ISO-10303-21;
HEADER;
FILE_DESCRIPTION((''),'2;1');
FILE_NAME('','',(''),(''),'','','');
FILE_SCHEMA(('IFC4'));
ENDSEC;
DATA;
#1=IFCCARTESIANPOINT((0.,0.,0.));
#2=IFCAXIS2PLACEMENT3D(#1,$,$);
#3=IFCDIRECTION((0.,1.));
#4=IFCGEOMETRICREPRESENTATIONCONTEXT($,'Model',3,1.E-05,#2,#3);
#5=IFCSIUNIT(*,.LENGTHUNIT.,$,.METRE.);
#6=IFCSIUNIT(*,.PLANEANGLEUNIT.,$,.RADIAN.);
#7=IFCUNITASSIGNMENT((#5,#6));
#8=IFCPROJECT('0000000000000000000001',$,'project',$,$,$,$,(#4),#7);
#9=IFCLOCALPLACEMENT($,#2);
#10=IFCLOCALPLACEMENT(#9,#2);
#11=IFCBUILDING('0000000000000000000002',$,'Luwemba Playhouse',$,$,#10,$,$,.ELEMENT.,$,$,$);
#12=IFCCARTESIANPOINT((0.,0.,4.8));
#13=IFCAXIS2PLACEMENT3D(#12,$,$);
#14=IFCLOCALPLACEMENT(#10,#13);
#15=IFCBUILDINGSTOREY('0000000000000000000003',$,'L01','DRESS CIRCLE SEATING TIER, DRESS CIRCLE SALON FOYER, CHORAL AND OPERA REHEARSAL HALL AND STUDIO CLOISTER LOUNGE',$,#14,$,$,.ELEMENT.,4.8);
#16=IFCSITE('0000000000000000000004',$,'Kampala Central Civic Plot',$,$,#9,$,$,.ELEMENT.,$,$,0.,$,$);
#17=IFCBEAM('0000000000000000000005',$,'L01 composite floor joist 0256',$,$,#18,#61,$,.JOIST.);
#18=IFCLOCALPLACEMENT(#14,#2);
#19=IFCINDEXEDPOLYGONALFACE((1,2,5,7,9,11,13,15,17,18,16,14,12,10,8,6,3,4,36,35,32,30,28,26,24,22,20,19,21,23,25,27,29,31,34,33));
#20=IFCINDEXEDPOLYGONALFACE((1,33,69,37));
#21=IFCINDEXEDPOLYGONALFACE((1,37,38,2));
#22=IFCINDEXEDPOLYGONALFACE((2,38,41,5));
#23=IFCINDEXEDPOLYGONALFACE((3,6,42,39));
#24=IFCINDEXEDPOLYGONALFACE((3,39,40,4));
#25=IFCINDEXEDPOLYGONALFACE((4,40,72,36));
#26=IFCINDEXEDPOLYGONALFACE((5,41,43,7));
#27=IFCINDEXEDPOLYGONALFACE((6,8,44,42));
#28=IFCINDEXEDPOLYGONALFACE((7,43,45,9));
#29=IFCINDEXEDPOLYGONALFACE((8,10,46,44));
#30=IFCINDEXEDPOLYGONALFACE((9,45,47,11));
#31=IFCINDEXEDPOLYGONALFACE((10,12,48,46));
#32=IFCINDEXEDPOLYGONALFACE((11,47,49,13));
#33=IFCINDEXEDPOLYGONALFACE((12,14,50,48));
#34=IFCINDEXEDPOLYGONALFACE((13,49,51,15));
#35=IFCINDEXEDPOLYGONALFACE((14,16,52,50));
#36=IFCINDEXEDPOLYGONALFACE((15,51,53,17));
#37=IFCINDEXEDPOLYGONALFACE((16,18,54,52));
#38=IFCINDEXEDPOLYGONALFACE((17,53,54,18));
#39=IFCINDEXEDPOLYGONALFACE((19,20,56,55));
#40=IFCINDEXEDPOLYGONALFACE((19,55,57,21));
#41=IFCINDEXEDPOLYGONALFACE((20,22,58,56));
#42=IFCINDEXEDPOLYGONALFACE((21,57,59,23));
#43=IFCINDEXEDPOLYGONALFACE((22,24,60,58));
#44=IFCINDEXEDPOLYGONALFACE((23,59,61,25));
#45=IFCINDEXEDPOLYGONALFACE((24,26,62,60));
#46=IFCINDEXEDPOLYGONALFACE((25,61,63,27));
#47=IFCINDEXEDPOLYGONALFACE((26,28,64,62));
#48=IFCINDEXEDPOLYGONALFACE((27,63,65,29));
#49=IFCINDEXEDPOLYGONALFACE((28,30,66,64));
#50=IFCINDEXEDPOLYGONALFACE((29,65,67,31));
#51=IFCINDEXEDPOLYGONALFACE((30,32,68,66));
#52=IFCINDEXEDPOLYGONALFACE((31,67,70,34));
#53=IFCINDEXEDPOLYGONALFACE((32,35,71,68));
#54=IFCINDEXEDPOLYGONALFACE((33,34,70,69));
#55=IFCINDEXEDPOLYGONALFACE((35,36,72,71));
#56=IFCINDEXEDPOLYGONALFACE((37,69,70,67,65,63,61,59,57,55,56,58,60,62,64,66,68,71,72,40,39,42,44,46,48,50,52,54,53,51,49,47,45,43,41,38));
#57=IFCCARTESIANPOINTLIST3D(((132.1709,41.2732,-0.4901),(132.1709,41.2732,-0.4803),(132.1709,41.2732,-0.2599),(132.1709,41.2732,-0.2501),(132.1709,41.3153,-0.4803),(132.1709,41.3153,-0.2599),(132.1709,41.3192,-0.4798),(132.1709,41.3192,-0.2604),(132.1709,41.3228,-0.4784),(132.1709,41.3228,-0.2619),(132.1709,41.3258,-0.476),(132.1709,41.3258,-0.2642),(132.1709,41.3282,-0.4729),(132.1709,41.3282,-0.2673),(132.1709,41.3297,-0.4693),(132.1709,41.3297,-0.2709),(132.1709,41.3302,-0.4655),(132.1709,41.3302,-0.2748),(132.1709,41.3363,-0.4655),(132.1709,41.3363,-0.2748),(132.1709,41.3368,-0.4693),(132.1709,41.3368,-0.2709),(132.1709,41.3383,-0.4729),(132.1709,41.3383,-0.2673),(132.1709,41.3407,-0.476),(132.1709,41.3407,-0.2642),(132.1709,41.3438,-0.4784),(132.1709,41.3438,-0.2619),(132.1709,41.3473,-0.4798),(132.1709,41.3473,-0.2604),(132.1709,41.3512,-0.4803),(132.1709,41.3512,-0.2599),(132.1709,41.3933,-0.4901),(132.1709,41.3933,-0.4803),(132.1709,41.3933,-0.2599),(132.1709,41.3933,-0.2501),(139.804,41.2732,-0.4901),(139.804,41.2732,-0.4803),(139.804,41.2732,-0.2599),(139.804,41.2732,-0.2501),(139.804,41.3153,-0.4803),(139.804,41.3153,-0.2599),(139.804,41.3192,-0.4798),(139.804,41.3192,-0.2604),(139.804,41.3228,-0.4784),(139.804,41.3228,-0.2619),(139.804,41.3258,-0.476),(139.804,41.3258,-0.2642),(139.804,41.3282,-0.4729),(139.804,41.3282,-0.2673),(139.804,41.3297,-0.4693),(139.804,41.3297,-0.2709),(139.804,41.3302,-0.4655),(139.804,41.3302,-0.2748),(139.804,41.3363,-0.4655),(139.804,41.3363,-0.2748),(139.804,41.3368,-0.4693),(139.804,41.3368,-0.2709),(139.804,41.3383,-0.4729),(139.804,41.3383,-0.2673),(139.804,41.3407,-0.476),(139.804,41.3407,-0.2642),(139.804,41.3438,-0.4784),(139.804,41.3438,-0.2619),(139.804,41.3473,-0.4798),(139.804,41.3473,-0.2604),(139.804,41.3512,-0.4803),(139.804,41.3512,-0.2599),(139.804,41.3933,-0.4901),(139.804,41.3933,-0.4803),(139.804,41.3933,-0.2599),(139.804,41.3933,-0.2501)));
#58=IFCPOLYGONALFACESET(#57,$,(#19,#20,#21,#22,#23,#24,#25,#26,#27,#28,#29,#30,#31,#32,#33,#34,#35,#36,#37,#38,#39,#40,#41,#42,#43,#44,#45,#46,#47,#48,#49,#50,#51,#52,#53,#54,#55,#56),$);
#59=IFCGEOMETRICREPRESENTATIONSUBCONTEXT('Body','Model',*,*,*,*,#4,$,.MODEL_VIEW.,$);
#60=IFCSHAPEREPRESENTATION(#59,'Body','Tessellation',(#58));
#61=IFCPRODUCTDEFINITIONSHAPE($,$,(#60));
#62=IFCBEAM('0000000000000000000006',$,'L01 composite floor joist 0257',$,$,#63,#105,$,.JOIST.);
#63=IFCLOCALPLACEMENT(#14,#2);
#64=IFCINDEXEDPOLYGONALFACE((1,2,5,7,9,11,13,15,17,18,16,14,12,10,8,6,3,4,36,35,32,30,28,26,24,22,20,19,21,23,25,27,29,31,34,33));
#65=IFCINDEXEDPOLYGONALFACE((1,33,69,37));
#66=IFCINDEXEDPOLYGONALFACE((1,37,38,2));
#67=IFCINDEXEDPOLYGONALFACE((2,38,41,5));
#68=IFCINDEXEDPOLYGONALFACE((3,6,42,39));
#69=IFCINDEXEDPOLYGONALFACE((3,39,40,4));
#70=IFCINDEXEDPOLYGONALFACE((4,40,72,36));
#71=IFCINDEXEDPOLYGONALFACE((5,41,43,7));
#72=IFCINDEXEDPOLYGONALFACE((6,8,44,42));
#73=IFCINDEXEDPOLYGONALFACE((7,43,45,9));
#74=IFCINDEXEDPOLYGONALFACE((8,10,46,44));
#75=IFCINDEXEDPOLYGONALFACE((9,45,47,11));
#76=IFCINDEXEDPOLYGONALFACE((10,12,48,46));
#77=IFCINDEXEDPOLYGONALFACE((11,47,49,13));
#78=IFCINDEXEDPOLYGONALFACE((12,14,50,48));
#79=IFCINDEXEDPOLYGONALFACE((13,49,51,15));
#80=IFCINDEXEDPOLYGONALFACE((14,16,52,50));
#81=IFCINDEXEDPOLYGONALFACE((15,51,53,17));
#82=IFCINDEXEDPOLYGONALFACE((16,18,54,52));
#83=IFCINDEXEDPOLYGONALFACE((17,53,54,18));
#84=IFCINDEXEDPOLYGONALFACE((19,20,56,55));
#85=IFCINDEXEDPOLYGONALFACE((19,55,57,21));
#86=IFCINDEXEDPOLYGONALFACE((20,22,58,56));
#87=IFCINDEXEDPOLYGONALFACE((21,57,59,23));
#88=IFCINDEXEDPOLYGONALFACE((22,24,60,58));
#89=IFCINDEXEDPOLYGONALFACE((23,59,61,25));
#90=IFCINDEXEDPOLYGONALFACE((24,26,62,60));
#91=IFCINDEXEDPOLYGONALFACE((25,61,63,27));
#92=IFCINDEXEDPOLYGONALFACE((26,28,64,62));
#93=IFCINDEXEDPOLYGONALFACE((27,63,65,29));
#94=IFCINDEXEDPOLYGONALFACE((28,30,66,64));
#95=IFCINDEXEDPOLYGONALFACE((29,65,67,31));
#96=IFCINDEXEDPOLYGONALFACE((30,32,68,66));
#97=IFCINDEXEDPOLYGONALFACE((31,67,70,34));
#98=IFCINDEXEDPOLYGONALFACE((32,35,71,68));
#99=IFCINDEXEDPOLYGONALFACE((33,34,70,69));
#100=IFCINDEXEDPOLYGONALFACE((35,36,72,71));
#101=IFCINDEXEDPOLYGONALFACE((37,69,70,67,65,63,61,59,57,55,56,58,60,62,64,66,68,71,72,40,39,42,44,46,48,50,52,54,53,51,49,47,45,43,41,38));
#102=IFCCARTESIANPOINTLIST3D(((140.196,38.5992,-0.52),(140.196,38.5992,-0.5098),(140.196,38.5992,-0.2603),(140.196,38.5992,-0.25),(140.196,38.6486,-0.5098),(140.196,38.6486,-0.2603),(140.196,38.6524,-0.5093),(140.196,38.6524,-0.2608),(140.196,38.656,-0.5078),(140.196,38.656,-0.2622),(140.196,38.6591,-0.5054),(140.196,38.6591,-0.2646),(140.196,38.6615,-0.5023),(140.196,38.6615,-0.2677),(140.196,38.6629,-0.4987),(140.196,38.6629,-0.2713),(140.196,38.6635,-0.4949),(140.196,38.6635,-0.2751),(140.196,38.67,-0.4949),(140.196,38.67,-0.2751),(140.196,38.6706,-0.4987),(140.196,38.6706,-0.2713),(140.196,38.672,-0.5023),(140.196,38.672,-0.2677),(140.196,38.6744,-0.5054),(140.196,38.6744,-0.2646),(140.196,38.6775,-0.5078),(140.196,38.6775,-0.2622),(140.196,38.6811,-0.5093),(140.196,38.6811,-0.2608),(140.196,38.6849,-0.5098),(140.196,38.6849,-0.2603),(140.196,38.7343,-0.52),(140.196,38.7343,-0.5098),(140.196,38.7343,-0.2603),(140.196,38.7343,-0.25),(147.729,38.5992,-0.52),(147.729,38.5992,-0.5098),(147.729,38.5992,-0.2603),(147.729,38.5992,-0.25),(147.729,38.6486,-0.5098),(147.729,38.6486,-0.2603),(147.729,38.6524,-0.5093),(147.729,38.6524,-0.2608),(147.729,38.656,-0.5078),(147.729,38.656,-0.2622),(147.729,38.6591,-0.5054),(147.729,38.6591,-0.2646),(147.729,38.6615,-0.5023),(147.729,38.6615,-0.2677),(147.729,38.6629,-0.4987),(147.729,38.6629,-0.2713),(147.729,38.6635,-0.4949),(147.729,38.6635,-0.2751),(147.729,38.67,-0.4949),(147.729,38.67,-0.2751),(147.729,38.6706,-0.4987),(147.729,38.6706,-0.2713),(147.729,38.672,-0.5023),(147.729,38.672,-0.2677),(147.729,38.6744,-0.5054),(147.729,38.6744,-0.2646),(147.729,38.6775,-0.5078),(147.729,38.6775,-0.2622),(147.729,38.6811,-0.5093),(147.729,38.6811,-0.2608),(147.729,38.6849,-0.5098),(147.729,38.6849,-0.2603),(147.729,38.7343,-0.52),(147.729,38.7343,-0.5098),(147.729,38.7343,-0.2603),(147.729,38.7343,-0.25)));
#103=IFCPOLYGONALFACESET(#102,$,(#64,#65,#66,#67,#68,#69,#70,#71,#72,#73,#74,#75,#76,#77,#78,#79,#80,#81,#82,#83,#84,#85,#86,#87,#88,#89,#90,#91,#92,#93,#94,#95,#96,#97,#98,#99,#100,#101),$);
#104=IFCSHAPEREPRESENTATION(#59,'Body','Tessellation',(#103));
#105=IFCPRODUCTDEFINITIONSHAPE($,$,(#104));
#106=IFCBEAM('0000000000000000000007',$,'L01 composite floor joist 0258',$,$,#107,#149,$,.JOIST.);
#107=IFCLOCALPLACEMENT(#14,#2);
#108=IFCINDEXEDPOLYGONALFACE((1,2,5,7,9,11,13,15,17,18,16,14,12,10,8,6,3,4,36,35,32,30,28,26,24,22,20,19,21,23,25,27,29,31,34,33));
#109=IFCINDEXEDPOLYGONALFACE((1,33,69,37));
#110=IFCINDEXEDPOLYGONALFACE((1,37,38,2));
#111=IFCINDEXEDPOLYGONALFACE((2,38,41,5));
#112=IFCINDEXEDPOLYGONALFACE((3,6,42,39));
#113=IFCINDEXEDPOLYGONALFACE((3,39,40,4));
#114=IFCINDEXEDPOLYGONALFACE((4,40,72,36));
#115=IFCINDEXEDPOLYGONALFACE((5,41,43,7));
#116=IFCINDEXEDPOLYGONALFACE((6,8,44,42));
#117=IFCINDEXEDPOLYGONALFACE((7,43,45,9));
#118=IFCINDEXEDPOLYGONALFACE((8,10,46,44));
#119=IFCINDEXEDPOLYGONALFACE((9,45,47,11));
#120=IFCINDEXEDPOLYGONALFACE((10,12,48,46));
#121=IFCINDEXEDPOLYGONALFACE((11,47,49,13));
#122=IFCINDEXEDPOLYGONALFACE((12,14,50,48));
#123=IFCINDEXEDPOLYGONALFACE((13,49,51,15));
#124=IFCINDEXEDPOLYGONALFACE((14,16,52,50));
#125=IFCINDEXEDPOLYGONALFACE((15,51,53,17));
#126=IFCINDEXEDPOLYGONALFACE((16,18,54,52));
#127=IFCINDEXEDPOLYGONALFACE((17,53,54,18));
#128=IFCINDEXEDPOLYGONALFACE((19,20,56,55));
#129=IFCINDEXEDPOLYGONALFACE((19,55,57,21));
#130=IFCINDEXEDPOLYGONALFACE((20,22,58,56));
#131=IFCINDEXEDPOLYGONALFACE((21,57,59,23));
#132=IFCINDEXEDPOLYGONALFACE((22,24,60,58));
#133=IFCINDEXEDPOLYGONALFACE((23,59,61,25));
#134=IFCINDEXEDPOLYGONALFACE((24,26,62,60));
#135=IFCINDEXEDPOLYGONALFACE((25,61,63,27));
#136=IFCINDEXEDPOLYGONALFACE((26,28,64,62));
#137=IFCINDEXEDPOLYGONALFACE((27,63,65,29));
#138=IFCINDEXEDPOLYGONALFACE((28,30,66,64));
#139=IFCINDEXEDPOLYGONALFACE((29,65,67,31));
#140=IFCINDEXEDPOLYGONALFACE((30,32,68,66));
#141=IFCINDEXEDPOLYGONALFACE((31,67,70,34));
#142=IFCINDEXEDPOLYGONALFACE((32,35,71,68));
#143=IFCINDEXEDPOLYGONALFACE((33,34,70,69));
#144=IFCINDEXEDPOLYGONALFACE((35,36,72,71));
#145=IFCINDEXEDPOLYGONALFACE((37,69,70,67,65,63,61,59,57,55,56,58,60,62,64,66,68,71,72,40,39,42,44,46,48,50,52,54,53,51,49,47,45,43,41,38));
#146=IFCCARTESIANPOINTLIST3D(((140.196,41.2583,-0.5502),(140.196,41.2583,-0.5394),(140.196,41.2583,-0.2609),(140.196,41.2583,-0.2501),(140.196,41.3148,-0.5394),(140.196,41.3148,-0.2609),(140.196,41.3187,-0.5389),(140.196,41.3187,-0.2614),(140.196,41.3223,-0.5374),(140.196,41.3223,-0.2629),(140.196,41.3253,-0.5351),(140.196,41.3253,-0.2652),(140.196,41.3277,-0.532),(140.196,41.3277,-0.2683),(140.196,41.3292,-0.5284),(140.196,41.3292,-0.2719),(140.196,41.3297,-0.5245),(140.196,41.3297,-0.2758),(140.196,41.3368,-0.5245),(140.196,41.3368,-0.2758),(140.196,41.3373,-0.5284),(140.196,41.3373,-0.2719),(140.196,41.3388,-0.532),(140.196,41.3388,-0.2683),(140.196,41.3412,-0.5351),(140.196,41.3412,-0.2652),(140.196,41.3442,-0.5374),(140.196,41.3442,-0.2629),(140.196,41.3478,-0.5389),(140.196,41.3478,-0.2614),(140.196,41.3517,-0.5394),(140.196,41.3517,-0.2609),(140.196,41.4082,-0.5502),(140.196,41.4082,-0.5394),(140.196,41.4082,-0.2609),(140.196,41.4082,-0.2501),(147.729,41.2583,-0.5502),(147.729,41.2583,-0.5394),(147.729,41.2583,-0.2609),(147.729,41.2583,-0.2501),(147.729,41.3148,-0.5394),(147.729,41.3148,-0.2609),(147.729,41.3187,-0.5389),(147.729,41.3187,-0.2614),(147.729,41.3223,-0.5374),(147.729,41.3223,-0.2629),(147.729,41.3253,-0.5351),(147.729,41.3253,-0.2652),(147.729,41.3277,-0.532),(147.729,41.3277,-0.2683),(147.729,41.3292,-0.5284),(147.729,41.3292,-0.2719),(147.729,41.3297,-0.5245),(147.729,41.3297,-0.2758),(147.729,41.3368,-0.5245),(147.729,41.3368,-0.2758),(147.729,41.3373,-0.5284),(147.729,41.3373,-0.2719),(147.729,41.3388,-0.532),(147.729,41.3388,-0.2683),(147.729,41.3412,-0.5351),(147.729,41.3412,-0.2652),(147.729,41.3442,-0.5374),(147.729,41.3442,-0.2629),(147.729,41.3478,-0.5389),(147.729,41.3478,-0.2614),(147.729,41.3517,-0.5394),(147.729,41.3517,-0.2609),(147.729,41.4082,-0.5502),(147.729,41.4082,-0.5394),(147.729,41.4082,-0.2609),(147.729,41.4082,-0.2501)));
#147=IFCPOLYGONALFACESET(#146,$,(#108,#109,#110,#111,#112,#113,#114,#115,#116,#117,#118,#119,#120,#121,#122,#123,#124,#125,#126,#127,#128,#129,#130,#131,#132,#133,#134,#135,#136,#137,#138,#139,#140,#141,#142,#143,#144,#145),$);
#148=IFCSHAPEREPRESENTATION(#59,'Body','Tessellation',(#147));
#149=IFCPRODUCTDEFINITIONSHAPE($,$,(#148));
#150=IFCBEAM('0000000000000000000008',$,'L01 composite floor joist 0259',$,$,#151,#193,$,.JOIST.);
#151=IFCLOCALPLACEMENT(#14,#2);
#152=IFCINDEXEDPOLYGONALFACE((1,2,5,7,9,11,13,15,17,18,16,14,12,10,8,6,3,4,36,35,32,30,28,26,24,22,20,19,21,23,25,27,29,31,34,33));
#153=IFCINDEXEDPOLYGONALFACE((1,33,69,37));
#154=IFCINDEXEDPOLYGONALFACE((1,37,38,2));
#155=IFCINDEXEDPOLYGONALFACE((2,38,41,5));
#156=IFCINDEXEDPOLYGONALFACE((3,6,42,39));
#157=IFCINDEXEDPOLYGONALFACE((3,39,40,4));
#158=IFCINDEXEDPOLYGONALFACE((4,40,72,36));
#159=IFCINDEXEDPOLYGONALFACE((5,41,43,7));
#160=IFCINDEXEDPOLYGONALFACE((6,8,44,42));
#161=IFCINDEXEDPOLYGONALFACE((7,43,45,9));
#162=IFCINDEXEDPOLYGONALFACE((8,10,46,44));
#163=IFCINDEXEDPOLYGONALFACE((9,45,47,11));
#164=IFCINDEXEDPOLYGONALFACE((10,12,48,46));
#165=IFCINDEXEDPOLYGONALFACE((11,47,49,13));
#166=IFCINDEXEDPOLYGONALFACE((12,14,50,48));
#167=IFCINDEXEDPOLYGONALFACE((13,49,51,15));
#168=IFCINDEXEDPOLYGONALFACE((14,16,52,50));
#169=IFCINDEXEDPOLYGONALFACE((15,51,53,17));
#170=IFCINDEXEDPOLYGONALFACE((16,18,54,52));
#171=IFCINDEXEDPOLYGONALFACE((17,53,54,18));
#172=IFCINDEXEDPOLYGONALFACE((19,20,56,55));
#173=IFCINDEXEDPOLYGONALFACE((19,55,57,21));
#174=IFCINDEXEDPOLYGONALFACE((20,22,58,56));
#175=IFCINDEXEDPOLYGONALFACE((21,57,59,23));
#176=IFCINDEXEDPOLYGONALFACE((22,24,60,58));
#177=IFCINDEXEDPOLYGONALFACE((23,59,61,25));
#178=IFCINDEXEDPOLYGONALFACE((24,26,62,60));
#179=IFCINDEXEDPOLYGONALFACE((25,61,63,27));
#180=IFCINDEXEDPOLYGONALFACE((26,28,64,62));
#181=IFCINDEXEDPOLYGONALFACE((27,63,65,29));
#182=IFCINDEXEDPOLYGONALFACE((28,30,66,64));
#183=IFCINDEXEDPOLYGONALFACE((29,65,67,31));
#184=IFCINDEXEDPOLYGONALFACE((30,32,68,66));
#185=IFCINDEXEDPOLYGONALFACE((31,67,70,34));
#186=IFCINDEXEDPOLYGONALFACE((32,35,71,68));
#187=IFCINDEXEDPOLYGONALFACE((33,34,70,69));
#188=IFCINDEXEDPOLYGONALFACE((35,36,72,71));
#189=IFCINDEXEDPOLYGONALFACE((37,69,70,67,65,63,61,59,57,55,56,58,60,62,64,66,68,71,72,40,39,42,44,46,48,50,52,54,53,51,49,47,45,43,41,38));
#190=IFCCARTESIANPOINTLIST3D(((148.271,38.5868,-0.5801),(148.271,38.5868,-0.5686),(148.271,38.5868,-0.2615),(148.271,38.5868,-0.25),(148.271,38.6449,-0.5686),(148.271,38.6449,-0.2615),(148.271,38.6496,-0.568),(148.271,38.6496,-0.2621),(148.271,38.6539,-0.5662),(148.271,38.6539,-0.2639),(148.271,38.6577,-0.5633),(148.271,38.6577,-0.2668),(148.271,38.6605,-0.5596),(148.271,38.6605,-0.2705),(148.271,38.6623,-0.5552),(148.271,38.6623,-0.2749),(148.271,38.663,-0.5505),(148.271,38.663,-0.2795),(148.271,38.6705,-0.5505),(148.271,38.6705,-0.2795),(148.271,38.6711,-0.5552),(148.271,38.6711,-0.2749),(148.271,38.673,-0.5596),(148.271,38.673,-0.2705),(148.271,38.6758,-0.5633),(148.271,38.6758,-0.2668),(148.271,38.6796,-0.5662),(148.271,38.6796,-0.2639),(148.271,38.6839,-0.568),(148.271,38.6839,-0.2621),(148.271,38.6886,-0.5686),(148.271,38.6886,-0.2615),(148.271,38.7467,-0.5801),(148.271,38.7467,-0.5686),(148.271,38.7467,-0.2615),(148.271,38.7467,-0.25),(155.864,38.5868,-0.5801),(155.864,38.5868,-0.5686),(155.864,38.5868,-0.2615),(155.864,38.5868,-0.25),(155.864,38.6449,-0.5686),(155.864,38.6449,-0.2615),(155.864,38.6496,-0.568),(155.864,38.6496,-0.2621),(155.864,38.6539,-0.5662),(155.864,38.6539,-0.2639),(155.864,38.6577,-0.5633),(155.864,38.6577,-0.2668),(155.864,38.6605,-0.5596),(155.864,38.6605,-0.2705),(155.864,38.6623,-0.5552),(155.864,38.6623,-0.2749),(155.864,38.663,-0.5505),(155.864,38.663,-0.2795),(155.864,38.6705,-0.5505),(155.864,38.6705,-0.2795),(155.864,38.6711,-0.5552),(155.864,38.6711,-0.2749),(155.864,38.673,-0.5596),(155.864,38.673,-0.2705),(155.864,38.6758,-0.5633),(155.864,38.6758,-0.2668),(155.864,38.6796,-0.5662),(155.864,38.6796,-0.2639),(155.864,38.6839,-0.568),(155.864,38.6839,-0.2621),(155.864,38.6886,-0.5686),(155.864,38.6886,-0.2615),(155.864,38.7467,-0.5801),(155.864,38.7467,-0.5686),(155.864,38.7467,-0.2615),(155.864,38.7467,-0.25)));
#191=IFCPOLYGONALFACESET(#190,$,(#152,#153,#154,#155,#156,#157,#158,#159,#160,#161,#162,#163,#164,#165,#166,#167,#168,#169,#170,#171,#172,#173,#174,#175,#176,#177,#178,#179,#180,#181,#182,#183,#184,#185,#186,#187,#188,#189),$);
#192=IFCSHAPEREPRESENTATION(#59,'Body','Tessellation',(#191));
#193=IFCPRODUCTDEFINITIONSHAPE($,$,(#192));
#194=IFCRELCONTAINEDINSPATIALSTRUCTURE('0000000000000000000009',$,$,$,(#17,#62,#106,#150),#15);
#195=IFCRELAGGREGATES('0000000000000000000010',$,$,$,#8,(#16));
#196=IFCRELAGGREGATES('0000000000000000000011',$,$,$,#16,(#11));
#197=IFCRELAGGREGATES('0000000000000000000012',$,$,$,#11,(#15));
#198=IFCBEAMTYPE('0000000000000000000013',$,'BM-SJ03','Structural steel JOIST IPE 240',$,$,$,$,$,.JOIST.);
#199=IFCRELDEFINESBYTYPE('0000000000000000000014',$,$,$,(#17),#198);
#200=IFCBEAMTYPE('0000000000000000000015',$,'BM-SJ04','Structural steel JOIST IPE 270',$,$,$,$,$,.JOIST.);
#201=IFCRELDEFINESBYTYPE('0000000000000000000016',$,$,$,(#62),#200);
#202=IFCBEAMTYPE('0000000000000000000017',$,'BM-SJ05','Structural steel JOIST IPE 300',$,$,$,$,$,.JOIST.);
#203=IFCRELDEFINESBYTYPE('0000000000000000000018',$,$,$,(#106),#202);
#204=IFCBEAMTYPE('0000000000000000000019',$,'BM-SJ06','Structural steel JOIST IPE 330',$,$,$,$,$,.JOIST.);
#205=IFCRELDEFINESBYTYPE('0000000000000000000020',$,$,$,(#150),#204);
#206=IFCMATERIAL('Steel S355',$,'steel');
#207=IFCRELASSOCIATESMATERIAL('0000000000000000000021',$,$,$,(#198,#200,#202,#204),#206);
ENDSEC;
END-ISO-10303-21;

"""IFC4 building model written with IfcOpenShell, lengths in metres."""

from ifc_helpers import new_model, si_unit, direction, frame, origin, origin_2d, place, context, subcontext, project, spatial, i_section, extrude, material, material_profile, profile_set, type_object, element, save


model = new_model("IFC4")

# Units and contexts
model_context = context("Model", 3, precision=1e-05, world=origin(), true_north=direction((0.0, 1.0)))
body_context = subcontext(model_context, "Body", "Model", "MODEL_VIEW")
ifc_project = project(units=[si_unit("LENGTHUNIT", "METRE"), si_unit("PLANEANGLEUNIT", "RADIAN")], contexts=[model_context])

# Site, building, storey
site_placement = place(None, origin())
site = spatial("IfcSite", under=ifc_project, at=site_placement, Name="Kampala Central Civic Plot", CompositionType="ELEMENT", RefElevation=0.0)
building_placement = place(site_placement, origin())
building = spatial("IfcBuilding", under=site, at=building_placement, Name="Luwemba Playhouse", CompositionType="ELEMENT")
storey_placement = place(building_placement, frame((0.0, 0.0, 4.8)))
storey = spatial("IfcBuildingStorey", under=building, at=storey_placement, Name="L01", Description="DRESS CIRCLE SEATING TIER, DRESS CIRCLE SALON FOYER, CHORAL AND OPERA REHEARSAL HALL AND STUDIO CLOISTER LOUNGE", CompositionType="ELEMENT", Elevation=4.8)

# Beams
ifc_material_1 = material(Name="Steel S355", Category="steel")
ifc_material_profile_1 = material_profile(ifc_material_1, i_section(OverallWidth=0.1201, OverallDepth=0.24, WebThickness=0.0061, FlangeThickness=0.0098, FilletRadius=0.0149, at=origin_2d()))
ifc_profile_set_1 = profile_set([ifc_material_profile_1], Name="Steel S355")
beam_type_1 = type_object("IfcBeamType", Name="BM-SJ03", Description="Structural steel JOIST IPE 240", PredefinedType="JOIST", material=ifc_profile_set_1)
beam_1_placement = place(storey_placement, frame((132.1709, 41.3333, -0.3701), z_axis=(1.0, 0.0, 0.0), x_axis=(0.0, 1.0, 0.0)))
element("IfcBeam", 1, at=beam_1_placement, inside=storey, type_object=beam_type_1, Name="L01 composite floor joist 0256", PredefinedType="JOIST", context=body_context, shape_type="SweptSolid", body=[
    extrude(i_section(OverallWidth=0.1201, OverallDepth=0.24, WebThickness=0.0061, FlangeThickness=0.0098, FilletRadius=0.0149, at=origin_2d()), origin(), (0.0, 0.0, 1.0), 7.6331),
])
ifc_material_profile_2 = material_profile(ifc_material_1, i_section(OverallWidth=0.135, OverallDepth=0.27, WebThickness=0.0066, FlangeThickness=0.0103, FilletRadius=0.0149, at=origin_2d()))
ifc_profile_set_2 = profile_set([ifc_material_profile_2], Name="Steel S355")
beam_type_2 = type_object("IfcBeamType", Name="BM-SJ04", Description="Structural steel JOIST IPE 270", PredefinedType="JOIST", material=ifc_profile_set_2)
beam_2_placement = place(storey_placement, frame((140.196, 38.6667, -0.385), z_axis=(1.0, 0.0, 0.0), x_axis=(0.0, 1.0, 0.0)))
element("IfcBeam", 2, at=beam_2_placement, inside=storey, type_object=beam_type_2, Name="L01 composite floor joist 0257", PredefinedType="JOIST", context=body_context, shape_type="SweptSolid", body=[
    extrude(i_section(OverallWidth=0.135, OverallDepth=0.27, WebThickness=0.0066, FlangeThickness=0.0103, FilletRadius=0.0149, at=origin_2d()), origin(), (0.0, 0.0, 1.0), 7.533),
])
ifc_material_profile_3 = material_profile(ifc_material_1, i_section(OverallWidth=0.1499, OverallDepth=0.3, WebThickness=0.0071, FlangeThickness=0.0107, FilletRadius=0.0149, at=origin_2d()))
ifc_profile_set_3 = profile_set([ifc_material_profile_3], Name="Steel S355")
beam_type_3 = type_object("IfcBeamType", Name="BM-SJ05", Description="Structural steel JOIST IPE 300", PredefinedType="JOIST", material=ifc_profile_set_3)
beam_3_placement = place(storey_placement, frame((140.196, 41.3333, -0.4001), z_axis=(1.0, 0.0, 0.0), x_axis=(0.0, 1.0, 0.0)))
element("IfcBeam", 3, at=beam_3_placement, inside=storey, type_object=beam_type_3, Name="L01 composite floor joist 0258", PredefinedType="JOIST", context=body_context, shape_type="SweptSolid", body=[
    extrude(i_section(OverallWidth=0.1499, OverallDepth=0.3, WebThickness=0.0071, FlangeThickness=0.0107, FilletRadius=0.0149, at=origin_2d()), origin(), (0.0, 0.0, 1.0), 7.533),
])
ifc_material_profile_4 = material_profile(ifc_material_1, i_section(OverallWidth=0.1599, OverallDepth=0.3301, WebThickness=0.0076, FlangeThickness=0.0115, FilletRadius=0.0181, at=origin_2d()))
ifc_profile_set_4 = profile_set([ifc_material_profile_4], Name="Steel S355")
beam_type_4 = type_object("IfcBeamType", Name="BM-SJ06", Description="Structural steel JOIST IPE 330", PredefinedType="JOIST", material=ifc_profile_set_4)
beam_4_placement = place(storey_placement, frame((148.271, 38.6667, -0.415), z_axis=(1.0, 0.0, 0.0), x_axis=(0.0, 1.0, 0.0)))
element("IfcBeam", 4, at=beam_4_placement, inside=storey, type_object=beam_type_4, Name="L01 composite floor joist 0259", PredefinedType="JOIST", context=body_context, shape_type="SweptSolid", body=[
    extrude(i_section(OverallWidth=0.1599, OverallDepth=0.3301, WebThickness=0.0076, FlangeThickness=0.0115, FilletRadius=0.0181, at=origin_2d()), origin(), (0.0, 0.0, 1.0), 7.593),
])

save(model, "model.ifc")
